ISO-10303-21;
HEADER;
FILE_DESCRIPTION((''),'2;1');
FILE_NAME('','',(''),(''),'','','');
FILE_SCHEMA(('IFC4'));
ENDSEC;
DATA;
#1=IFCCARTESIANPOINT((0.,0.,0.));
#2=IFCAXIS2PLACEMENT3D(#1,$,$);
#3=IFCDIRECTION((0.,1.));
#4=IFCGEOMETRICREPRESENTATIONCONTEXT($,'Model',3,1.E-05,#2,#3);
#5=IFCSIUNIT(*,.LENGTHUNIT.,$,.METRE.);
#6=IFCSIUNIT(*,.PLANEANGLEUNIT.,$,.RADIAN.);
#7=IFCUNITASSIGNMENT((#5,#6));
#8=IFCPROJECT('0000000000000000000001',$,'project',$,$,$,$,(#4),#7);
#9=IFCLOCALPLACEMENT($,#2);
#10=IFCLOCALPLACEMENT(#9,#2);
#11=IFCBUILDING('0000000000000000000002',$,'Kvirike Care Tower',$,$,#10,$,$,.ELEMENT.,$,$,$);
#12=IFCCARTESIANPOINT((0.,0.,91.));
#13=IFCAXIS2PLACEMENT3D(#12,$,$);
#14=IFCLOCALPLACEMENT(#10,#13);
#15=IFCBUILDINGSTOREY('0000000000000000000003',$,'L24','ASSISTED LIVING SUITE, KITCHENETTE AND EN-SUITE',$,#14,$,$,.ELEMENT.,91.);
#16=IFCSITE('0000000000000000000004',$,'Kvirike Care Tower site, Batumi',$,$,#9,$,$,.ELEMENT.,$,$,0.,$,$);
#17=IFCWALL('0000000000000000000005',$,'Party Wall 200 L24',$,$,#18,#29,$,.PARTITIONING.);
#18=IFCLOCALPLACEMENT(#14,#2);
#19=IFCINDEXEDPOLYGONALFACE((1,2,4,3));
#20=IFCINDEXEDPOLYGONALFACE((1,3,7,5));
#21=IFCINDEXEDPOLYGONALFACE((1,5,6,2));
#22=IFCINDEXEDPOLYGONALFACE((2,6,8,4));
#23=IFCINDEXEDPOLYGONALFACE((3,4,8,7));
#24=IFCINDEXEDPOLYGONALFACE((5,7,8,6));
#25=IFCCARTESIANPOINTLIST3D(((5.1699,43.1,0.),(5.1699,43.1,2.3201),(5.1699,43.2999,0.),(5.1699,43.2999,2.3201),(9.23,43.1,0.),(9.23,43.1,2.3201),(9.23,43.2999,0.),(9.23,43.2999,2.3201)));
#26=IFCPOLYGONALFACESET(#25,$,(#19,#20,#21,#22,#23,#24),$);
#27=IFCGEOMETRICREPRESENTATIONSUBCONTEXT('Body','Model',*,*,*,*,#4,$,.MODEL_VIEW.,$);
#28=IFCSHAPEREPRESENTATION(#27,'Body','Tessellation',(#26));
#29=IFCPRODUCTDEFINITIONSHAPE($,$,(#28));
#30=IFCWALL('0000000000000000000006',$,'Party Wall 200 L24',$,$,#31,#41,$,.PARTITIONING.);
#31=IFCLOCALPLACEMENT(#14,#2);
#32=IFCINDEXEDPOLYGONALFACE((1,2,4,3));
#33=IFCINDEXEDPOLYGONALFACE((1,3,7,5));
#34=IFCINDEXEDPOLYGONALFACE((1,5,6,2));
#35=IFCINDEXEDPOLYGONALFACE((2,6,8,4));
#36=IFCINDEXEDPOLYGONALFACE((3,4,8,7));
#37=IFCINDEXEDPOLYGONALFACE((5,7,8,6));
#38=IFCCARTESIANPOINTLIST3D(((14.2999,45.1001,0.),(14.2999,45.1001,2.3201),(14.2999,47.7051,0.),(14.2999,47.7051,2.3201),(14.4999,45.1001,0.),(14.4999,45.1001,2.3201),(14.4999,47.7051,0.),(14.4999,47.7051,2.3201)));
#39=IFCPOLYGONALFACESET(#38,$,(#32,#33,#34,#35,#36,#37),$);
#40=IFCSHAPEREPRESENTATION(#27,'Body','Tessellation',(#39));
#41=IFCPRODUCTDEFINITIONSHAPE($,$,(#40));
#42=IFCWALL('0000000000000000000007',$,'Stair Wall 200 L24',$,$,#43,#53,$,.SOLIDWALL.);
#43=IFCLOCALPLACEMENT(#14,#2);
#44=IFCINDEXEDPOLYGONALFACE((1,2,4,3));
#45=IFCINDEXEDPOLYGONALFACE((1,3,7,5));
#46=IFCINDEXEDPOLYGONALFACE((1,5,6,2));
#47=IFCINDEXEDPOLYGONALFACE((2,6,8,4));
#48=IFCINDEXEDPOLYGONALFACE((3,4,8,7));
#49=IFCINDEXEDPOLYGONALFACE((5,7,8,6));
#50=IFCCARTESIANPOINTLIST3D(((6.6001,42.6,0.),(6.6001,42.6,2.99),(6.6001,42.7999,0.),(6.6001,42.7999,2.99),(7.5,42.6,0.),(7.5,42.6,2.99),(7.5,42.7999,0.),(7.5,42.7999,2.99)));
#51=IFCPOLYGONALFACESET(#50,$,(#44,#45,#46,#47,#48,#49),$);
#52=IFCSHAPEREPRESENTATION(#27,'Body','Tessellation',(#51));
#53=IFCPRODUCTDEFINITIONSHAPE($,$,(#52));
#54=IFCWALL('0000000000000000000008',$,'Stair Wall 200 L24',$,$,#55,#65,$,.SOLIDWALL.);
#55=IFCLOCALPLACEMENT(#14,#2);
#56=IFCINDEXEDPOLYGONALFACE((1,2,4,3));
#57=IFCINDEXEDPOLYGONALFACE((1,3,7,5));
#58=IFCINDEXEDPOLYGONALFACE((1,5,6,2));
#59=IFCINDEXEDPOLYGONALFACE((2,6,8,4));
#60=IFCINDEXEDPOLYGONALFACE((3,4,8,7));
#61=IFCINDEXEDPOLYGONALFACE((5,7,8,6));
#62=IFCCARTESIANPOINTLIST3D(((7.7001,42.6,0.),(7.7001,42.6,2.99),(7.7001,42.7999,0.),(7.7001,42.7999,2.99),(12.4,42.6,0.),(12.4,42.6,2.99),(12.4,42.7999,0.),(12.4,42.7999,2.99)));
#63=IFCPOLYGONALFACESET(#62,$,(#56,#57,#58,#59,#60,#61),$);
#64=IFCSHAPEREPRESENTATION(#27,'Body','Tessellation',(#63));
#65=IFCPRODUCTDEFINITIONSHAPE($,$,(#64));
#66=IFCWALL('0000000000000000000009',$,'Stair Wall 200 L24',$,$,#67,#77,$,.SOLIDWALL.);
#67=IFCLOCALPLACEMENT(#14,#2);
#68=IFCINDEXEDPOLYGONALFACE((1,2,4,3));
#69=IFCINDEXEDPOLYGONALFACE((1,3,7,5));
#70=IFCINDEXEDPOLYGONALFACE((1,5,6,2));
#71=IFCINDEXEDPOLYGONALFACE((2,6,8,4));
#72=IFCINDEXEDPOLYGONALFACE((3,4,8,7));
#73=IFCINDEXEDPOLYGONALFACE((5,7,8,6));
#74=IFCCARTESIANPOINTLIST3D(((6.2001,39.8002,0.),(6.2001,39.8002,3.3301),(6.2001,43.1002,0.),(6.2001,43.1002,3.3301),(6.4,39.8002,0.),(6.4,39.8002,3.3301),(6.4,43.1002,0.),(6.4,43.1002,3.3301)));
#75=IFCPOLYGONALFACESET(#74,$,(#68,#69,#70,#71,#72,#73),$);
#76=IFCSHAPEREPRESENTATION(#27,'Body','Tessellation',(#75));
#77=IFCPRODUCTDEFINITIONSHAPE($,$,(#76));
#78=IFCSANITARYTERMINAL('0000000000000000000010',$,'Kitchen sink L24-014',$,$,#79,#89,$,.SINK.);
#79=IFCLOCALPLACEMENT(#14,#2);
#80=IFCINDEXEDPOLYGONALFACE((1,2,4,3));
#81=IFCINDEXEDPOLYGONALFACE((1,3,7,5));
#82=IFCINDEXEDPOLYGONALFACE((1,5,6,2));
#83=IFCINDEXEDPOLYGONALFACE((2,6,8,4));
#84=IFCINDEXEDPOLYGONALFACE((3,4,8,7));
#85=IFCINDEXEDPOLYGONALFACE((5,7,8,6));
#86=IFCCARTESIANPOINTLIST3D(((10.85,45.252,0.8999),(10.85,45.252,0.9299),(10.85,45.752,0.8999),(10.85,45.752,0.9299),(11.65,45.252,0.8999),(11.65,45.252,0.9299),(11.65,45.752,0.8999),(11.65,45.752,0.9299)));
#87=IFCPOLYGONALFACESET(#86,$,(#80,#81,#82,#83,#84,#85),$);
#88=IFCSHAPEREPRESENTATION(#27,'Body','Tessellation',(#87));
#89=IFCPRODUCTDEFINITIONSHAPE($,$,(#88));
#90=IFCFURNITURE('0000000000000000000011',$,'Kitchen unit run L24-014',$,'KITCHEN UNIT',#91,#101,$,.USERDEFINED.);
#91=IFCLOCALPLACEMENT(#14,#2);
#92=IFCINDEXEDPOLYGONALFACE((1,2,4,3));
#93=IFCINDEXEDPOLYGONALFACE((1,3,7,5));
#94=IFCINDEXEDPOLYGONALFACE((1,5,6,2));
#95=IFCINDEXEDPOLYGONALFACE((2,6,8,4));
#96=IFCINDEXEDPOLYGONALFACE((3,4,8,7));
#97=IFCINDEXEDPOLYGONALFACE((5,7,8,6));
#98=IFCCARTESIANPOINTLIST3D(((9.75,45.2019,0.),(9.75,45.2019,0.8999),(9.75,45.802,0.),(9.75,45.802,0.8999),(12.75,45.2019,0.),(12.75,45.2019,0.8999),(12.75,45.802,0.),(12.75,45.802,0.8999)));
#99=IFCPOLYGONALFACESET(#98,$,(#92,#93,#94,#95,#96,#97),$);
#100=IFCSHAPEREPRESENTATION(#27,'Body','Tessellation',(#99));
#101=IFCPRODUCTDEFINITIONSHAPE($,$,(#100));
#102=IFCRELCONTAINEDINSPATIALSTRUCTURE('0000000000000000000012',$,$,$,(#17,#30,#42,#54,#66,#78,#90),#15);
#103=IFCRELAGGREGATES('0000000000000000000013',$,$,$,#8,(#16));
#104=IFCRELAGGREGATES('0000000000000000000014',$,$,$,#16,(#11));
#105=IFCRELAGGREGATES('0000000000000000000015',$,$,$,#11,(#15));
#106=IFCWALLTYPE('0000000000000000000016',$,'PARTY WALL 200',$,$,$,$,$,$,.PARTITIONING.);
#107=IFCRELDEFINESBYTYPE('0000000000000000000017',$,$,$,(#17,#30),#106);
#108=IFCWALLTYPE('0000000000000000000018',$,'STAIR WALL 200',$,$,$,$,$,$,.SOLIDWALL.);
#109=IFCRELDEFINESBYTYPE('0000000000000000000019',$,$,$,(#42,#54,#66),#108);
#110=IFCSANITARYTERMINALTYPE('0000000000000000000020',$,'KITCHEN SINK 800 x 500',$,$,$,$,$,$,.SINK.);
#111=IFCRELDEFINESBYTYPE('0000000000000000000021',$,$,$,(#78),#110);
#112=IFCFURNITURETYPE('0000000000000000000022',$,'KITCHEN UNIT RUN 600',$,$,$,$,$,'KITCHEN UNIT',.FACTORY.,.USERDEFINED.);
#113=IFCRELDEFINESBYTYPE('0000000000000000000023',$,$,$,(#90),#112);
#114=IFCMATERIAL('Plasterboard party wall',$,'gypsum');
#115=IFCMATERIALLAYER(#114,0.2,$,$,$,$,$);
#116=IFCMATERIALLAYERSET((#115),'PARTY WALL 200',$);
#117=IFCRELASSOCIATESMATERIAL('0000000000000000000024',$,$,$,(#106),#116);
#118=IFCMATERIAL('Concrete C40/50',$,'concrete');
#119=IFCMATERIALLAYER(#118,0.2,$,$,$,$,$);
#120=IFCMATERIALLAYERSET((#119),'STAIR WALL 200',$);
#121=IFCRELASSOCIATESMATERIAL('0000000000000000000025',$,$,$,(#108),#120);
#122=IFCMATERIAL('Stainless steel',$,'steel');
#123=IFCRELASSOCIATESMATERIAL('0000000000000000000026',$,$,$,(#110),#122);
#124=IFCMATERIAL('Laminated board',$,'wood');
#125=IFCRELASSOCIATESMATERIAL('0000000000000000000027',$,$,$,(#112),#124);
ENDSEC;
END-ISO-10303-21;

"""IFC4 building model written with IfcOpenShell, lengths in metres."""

from ifc_helpers import new_model, si_unit, direction, frame, frame_2d, origin, origin_2d, place, context, subcontext, project, spatial, rectangle, extrude, material, layer, layer_set, type_object, element, save


model = new_model("IFC4")

# Units and contexts
model_context = context("Model", 3, precision=1e-05, world=origin(), true_north=direction((0.0, 1.0)))
body_context = subcontext(model_context, "Body", "Model", "MODEL_VIEW")
ifc_project = project(units=[si_unit("LENGTHUNIT", "METRE"), si_unit("PLANEANGLEUNIT", "RADIAN")], contexts=[model_context])

# Site, building, storey
site_placement = place(None, origin())
site = spatial("IfcSite", under=ifc_project, at=site_placement, Name="Kvirike Care Tower site, Batumi", CompositionType="ELEMENT", RefElevation=0.0)
building_placement = place(site_placement, origin())
building = spatial("IfcBuilding", under=site, at=building_placement, Name="Kvirike Care Tower", CompositionType="ELEMENT")
storey_placement = place(building_placement, frame((0.0, 0.0, 91.0)))
storey = spatial("IfcBuildingStorey", under=building, at=storey_placement, Name="L24", Description="ASSISTED LIVING SUITE, KITCHENETTE AND EN-SUITE", CompositionType="ELEMENT", Elevation=91.0)

# Walls
ifc_material_1 = material(Name="Plasterboard party wall", Category="gypsum")
ifc_layer_1 = layer(ifc_material_1, 0.2)
ifc_layer_set_1 = layer_set([ifc_layer_1], Name="PARTY WALL 200")
wall_type_1 = type_object("IfcWallType", Name="PARTY WALL 200", PredefinedType="PARTITIONING", material=ifc_layer_set_1)
wall_1_placement = place(storey_placement, frame((9.23, 43.2, 0.0), z_axis=(0.0, 0.0, 1.0), x_axis=(-1.0, 0.0, 0.0)))
element("IfcWall", 1, at=wall_1_placement, inside=storey, type_object=wall_type_1, Name="Party Wall 200 L24", PredefinedType="PARTITIONING", context=body_context, shape_type="SweptSolid", body=[
    extrude(rectangle(XDim=4.0601, YDim=0.2, at=frame_2d((2.03, 0.0))), origin(), (0.0, 0.0, 1.0), 2.3201),
])
wall_2_placement = place(storey_placement, frame((14.3999, 45.1001, 0.0), z_axis=(0.0, 0.0, 1.0), x_axis=(0.0, 1.0, 0.0)))
element("IfcWall", 2, at=wall_2_placement, inside=storey, type_object=wall_type_1, Name="Party Wall 200 L24", PredefinedType="PARTITIONING", context=body_context, shape_type="SweptSolid", body=[
    extrude(rectangle(XDim=2.605, YDim=0.2, at=frame_2d((1.3025, 0.0))), origin(), (0.0, 0.0, 1.0), 2.3201),
])
ifc_material_2 = material(Name="Concrete C40/50", Category="concrete")
ifc_layer_2 = layer(ifc_material_2, 0.2)
ifc_layer_set_2 = layer_set([ifc_layer_2], Name="STAIR WALL 200")
wall_type_2 = type_object("IfcWallType", Name="STAIR WALL 200", PredefinedType="SOLIDWALL", material=ifc_layer_set_2)
wall_3_placement = place(storey_placement, frame((6.6001, 42.7, 0.0), z_axis=(0.0, 0.0, 1.0), x_axis=(1.0, 0.0, 0.0)))
element("IfcWall", 3, at=wall_3_placement, inside=storey, type_object=wall_type_2, Name="Stair Wall 200 L24", PredefinedType="SOLIDWALL", context=body_context, shape_type="SweptSolid", body=[
    extrude(rectangle(XDim=0.8999, YDim=0.2, at=frame_2d((0.45, 0.0))), origin(), (0.0, 0.0, 1.0), 2.99),
])
wall_4_placement = place(storey_placement, frame((7.7, 42.7, 0.0), z_axis=(0.0, 0.0, 1.0), x_axis=(1.0, 0.0, 0.0)))
element("IfcWall", 4, at=wall_4_placement, inside=storey, type_object=wall_type_2, Name="Stair Wall 200 L24", PredefinedType="SOLIDWALL", context=body_context, shape_type="SweptSolid", body=[
    extrude(rectangle(XDim=4.7, YDim=0.2, at=frame_2d((2.3501, 0.0))), origin(), (0.0, 0.0, 1.0), 2.99),
])
wall_5_placement = place(storey_placement, frame((6.3, 43.1001, 0.0), z_axis=(0.0, 0.0, 1.0), x_axis=(0.0, -1.0, 0.0)))
element("IfcWall", 5, at=wall_5_placement, inside=storey, type_object=wall_type_2, Name="Stair Wall 200 L24", PredefinedType="SOLIDWALL", context=body_context, shape_type="SweptSolid", body=[
    extrude(rectangle(XDim=3.3, YDim=0.2, at=frame_2d((1.6499, 0.0))), origin(), (0.0, 0.0, 1.0), 3.3301),
])

# Sanitary terminal
ifc_material_3 = material(Name="Stainless steel", Category="steel")
sanitary_terminal_type = type_object("IfcSanitaryTerminalType", Name="KITCHEN SINK 800 x 500", PredefinedType="SINK", material=ifc_material_3)
sanitary_terminal_placement = place(storey_placement, frame((11.25, 45.502, 0.8999), z_axis=(0.0, 0.0, 1.0), x_axis=(-1.0, 0.0, 0.0)))
element("IfcSanitaryTerminal", 6, at=sanitary_terminal_placement, inside=storey, type_object=sanitary_terminal_type, Name="Kitchen sink L24-014", PredefinedType="SINK", context=body_context, shape_type="SweptSolid", body=[
    extrude(rectangle(XDim=0.8, YDim=0.5, at=origin_2d()), origin(), (0.0, 0.0, 1.0), 0.03),
])

# Furniture
ifc_material_4 = material(Name="Laminated board", Category="wood")
furniture_type = type_object("IfcFurnitureType", Name="KITCHEN UNIT RUN 600", ElementType="KITCHEN UNIT", AssemblyPlace="FACTORY", PredefinedType="USERDEFINED", material=ifc_material_4)
furniture_placement = place(storey_placement, frame((11.25, 45.502, 0.0), z_axis=(0.0, 0.0, 1.0), x_axis=(-1.0, 0.0, 0.0)))
element("IfcFurniture", 7, at=furniture_placement, inside=storey, type_object=furniture_type, Name="Kitchen unit run L24-014", ObjectType="KITCHEN UNIT", PredefinedType="USERDEFINED", context=body_context, shape_type="SweptSolid", body=[
    extrude(rectangle(XDim=3.0, YDim=0.6001, at=origin_2d()), origin(), (0.0, 0.0, 1.0), 0.8999),
])

save(model, "model.ifc")
